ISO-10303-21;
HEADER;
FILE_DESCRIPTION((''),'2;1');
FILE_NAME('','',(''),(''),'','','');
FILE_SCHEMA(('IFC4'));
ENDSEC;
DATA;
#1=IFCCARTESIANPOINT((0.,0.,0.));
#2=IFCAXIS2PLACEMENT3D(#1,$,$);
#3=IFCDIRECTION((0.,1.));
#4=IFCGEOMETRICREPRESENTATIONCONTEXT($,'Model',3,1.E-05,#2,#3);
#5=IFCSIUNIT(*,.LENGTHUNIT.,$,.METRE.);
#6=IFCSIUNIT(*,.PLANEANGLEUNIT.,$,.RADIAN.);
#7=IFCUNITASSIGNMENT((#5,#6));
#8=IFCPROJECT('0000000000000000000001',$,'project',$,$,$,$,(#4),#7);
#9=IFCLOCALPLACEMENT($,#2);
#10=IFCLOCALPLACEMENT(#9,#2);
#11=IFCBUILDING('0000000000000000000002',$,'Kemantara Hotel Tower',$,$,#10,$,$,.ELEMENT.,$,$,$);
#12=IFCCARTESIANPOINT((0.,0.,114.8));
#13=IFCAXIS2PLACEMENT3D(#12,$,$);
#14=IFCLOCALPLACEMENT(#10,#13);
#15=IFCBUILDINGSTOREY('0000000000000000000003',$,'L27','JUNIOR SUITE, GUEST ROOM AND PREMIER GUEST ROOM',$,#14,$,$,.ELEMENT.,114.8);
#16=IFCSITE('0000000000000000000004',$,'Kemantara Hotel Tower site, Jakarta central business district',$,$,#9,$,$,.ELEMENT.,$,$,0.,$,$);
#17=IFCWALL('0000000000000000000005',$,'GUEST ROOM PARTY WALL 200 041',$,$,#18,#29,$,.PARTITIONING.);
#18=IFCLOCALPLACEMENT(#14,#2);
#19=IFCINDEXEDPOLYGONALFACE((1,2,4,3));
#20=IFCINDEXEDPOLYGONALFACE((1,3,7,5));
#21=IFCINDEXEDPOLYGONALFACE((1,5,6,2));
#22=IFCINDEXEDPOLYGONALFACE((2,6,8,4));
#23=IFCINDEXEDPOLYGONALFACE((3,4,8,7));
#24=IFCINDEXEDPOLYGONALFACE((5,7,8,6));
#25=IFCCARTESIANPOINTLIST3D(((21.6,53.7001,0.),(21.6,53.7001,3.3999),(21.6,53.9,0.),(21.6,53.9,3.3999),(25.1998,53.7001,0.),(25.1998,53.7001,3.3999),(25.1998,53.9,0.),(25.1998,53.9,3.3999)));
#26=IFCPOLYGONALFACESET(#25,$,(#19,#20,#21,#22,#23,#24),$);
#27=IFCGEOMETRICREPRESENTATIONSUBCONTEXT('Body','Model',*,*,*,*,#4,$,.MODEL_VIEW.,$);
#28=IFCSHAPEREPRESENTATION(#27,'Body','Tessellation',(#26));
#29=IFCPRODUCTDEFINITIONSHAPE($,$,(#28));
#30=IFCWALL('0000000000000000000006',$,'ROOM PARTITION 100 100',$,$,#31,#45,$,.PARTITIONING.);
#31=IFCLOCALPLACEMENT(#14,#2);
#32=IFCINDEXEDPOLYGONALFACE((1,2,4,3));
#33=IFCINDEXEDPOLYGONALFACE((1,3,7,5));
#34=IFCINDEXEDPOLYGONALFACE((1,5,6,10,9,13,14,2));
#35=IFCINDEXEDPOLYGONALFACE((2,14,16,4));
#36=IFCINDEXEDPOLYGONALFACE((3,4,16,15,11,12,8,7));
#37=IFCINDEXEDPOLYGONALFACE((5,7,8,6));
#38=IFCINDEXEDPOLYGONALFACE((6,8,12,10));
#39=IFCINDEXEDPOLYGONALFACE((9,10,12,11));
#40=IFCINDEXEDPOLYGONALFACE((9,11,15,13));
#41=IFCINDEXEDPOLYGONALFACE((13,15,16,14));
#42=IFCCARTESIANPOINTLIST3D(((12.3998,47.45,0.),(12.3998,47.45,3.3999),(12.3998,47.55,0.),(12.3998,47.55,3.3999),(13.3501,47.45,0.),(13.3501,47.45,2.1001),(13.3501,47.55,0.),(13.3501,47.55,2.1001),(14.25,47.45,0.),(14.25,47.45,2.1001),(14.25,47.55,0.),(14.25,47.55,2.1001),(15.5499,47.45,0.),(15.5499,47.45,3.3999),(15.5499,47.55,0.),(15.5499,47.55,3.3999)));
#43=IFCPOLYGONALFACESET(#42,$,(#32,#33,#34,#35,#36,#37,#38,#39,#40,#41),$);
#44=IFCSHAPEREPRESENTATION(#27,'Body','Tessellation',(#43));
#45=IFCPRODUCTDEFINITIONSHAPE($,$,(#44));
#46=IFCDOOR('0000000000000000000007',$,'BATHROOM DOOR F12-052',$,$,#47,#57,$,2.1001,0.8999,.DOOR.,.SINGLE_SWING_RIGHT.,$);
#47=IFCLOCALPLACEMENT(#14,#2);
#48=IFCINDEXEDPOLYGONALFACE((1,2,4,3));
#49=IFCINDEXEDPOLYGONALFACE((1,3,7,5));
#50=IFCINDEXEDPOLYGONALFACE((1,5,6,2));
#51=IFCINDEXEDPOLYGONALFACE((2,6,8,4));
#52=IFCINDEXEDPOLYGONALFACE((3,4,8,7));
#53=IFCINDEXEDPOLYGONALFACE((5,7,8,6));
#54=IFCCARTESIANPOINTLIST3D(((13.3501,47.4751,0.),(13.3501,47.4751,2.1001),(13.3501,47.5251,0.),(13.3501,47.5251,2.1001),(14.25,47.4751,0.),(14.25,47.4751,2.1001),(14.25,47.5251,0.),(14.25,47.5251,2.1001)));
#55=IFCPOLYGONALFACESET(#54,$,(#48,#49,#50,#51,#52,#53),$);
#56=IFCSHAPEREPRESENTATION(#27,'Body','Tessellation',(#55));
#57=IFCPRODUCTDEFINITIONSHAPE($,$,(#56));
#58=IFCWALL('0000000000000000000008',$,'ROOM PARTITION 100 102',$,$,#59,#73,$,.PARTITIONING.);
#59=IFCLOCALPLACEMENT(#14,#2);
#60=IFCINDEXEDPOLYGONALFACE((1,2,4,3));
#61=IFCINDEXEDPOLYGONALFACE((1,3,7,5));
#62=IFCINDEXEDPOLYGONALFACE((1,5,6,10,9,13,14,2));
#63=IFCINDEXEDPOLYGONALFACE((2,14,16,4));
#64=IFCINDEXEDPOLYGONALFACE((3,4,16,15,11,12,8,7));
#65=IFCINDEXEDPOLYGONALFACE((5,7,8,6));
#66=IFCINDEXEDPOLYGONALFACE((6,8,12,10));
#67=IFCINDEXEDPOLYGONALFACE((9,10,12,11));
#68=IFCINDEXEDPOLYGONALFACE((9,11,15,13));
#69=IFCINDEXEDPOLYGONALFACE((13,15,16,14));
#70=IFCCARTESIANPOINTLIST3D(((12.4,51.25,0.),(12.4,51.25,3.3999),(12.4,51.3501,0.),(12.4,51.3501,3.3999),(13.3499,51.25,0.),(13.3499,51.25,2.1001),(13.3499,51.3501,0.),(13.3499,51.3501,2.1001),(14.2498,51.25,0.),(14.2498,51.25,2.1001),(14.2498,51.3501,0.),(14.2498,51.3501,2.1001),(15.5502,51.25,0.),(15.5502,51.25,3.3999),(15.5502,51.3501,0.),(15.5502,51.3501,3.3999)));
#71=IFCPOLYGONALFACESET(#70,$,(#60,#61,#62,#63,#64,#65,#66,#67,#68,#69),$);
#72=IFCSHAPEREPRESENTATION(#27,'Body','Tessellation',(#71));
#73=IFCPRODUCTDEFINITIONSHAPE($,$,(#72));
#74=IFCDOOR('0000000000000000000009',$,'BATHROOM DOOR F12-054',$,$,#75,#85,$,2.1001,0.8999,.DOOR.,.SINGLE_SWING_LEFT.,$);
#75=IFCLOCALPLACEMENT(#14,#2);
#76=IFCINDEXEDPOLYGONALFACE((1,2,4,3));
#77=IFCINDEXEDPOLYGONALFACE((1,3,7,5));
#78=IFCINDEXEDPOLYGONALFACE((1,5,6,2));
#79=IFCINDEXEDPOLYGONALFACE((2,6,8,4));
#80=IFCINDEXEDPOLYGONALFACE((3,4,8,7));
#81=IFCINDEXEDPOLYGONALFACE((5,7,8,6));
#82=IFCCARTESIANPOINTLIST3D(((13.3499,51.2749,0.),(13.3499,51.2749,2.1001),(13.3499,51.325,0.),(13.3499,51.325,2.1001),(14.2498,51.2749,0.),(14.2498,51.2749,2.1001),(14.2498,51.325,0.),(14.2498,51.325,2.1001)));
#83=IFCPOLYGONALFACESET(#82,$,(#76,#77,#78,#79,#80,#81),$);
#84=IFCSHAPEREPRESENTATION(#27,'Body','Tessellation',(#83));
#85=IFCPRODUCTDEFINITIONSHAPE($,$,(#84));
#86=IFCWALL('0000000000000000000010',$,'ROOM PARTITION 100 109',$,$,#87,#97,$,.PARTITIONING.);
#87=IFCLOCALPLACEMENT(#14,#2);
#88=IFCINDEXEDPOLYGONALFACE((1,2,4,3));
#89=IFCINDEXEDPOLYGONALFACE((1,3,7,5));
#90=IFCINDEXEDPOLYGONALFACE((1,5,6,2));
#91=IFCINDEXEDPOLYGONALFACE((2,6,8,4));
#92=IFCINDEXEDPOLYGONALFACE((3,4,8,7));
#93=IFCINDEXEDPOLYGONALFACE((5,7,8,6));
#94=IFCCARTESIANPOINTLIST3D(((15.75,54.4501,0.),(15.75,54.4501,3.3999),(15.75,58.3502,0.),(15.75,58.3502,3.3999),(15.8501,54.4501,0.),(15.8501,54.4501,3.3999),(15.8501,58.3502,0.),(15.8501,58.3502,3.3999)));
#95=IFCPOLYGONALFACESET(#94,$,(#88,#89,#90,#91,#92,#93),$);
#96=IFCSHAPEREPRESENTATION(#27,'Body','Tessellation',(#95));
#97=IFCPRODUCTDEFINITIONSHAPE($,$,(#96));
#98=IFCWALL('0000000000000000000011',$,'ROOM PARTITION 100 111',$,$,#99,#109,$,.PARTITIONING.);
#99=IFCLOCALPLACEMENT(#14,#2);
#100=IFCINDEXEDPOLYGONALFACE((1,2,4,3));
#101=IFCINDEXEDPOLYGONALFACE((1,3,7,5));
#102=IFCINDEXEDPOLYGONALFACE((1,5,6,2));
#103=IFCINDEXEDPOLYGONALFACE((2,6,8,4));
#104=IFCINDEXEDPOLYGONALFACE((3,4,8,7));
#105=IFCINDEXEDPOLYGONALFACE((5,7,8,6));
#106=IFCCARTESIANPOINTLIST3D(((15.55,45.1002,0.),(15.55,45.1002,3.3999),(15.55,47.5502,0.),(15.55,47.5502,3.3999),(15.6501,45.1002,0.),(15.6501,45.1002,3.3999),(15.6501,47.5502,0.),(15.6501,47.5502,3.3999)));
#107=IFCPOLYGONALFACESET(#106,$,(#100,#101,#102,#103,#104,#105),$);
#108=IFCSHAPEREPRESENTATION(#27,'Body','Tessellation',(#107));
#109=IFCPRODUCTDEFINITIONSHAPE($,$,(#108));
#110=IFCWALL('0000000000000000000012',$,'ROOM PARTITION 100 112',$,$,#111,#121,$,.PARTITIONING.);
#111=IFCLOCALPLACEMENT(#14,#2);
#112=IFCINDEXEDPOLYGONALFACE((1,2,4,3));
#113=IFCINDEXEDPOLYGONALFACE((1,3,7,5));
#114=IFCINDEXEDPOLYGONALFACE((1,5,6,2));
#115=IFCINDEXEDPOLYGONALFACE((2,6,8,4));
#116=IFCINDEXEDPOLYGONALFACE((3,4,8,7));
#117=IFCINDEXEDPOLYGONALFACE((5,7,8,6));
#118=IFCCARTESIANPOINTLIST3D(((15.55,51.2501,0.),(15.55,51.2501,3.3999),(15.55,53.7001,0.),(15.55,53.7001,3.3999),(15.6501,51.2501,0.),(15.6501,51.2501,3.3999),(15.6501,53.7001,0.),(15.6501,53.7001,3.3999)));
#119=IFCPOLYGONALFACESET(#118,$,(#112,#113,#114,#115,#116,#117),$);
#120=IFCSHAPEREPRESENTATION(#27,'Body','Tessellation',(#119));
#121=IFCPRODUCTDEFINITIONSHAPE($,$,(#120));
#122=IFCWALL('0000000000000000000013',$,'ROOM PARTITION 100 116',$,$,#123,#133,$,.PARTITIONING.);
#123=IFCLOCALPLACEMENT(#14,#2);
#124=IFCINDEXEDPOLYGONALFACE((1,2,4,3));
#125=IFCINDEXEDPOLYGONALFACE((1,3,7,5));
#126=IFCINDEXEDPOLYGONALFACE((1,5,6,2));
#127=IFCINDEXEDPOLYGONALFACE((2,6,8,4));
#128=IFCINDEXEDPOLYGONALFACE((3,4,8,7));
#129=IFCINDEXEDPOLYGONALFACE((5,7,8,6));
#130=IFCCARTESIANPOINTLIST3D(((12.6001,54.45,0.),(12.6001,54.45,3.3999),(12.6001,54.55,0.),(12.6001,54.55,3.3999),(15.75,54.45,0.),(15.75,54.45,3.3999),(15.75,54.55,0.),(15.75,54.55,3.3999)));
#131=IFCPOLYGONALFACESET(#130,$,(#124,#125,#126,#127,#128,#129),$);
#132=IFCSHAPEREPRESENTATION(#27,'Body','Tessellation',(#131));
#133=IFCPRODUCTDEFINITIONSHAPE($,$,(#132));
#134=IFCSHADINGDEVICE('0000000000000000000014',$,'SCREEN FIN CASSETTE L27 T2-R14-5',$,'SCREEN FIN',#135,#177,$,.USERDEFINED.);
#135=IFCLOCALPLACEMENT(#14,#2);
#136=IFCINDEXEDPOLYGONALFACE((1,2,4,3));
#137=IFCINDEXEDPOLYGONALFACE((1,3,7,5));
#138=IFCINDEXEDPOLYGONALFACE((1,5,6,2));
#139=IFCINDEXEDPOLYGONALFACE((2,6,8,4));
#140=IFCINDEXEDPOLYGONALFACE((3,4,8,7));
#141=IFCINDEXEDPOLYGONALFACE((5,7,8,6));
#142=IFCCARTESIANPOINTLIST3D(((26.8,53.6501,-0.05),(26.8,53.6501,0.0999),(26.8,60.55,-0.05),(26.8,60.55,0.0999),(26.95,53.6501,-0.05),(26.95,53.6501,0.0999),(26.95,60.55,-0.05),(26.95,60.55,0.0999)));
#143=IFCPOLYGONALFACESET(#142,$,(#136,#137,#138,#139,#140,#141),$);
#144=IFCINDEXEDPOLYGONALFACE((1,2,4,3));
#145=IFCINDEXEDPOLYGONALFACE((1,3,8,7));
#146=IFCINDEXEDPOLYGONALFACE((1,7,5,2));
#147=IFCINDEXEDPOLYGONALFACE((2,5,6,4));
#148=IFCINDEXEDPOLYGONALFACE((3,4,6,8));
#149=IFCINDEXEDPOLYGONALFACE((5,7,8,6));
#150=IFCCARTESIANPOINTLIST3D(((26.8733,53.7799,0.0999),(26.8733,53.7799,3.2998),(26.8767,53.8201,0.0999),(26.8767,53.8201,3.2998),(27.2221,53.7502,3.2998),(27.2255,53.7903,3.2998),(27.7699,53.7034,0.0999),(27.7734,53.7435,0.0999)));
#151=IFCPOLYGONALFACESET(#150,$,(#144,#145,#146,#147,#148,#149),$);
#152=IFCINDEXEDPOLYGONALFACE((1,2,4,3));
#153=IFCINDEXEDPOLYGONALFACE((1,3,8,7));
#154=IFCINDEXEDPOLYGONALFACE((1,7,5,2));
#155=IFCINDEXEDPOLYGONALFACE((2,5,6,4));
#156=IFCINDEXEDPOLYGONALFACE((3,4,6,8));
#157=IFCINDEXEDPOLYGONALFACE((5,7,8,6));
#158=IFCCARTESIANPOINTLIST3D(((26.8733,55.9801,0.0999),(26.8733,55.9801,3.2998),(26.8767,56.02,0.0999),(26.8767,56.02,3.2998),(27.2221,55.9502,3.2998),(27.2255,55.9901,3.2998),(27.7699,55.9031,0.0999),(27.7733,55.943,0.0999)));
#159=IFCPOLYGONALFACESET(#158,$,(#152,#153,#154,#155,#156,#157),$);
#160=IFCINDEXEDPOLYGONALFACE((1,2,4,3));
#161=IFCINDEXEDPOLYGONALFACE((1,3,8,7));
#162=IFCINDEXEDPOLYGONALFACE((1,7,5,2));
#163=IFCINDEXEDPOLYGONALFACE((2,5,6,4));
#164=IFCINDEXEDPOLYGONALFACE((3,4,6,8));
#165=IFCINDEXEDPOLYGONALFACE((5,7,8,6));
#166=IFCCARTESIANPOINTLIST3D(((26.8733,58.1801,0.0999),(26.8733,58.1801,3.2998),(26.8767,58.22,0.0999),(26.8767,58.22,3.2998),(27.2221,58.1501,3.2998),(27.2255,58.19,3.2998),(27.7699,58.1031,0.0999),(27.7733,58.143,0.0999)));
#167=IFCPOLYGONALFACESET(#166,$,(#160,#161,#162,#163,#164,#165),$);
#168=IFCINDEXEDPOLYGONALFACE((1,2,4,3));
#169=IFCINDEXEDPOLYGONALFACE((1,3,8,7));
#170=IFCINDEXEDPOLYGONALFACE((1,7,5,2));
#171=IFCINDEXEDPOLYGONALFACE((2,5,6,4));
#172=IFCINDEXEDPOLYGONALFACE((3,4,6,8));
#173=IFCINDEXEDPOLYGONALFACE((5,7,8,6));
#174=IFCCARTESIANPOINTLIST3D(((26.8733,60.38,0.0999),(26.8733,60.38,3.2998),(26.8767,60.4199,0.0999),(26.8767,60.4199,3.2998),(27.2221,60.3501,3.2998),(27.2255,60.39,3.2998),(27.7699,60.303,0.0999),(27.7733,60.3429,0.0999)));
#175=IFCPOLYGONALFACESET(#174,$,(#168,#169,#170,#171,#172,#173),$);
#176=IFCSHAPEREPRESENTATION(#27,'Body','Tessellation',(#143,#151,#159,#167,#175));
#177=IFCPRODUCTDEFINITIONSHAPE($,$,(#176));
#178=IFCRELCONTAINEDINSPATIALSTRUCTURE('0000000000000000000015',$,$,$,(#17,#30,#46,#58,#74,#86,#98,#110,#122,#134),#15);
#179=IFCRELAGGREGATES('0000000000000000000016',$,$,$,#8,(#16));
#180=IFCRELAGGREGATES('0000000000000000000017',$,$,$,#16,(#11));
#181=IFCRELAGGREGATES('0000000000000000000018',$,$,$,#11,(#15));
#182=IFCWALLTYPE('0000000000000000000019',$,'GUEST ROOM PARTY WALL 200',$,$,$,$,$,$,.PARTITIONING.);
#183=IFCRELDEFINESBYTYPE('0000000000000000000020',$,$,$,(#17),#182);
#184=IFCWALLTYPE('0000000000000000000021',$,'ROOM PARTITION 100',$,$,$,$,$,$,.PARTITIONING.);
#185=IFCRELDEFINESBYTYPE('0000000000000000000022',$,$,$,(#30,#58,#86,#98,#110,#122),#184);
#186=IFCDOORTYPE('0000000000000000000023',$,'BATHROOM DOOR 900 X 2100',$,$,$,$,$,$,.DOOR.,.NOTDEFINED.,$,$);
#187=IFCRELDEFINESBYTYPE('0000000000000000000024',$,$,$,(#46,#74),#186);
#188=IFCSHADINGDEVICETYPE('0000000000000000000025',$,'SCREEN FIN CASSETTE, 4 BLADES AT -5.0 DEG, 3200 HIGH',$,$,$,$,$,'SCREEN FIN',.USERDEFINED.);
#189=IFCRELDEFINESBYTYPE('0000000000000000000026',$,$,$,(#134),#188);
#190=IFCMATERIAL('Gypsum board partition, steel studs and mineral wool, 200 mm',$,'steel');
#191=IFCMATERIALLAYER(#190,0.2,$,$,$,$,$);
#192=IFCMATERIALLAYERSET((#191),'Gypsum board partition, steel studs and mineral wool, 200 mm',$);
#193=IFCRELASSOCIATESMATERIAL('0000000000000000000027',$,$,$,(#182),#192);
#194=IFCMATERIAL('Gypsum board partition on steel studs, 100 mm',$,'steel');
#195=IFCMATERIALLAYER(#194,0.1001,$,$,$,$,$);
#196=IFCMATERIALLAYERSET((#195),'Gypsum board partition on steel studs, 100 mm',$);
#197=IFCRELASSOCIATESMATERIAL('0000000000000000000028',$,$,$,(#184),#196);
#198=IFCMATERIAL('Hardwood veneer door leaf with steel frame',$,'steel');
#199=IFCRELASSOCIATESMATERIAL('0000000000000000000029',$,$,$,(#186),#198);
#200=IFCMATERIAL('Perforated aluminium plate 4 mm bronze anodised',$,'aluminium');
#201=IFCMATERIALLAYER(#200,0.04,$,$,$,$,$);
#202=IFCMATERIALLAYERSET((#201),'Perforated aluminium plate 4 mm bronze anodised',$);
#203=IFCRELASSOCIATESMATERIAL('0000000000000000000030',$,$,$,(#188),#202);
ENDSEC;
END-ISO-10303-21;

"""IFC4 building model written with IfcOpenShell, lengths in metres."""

from ifc_helpers import new_model, si_unit, direction, frame, frame_2d, origin, origin_2d, place, context, subcontext, project, spatial, polyline, rectangle, outline, extrude, source, transform, mapped, material, layer, layer_set, type_object, element, fill, save


model = new_model("IFC4")

# Units and contexts
model_context = context("Model", 3, precision=1e-05, world=origin(), true_north=direction((0.0, 1.0)))
body_context = subcontext(model_context, "Body", "Model", "MODEL_VIEW")
ifc_project = project(units=[si_unit("LENGTHUNIT", "METRE"), si_unit("PLANEANGLEUNIT", "RADIAN")], contexts=[model_context])

# Site, building, storey
site_placement = place(None, origin())
site = spatial("IfcSite", under=ifc_project, at=site_placement, Name="Kemantara Hotel Tower site, Jakarta central business district", CompositionType="ELEMENT", RefElevation=0.0)
building_placement = place(site_placement, origin())
building = spatial("IfcBuilding", under=site, at=building_placement, Name="Kemantara Hotel Tower", CompositionType="ELEMENT")
storey_placement = place(building_placement, frame((0.0, 0.0, 114.8)))
storey = spatial("IfcBuildingStorey", under=building, at=storey_placement, Name="L27", Description="JUNIOR SUITE, GUEST ROOM AND PREMIER GUEST ROOM", CompositionType="ELEMENT", Elevation=114.8)

# Wall
ifc_material_1 = material(Name="Gypsum board partition, steel studs and mineral wool, 200 mm", Category="steel")
ifc_layer_1 = layer(ifc_material_1, 0.2)
ifc_layer_set_1 = layer_set([ifc_layer_1], Name="Gypsum board partition, steel studs and mineral wool, 200 mm")
wall_type_1 = type_object("IfcWallType", Name="GUEST ROOM PARTY WALL 200", PredefinedType="PARTITIONING", material=ifc_layer_set_1)
wall_1_placement = place(storey_placement, frame((21.6001, 53.8, 0.0), z_axis=(0.0, 0.0, 1.0), x_axis=(1.0, 0.0, 0.0)))
element("IfcWall", 1, at=wall_1_placement, inside=storey, type_object=wall_type_1, Name="GUEST ROOM PARTY WALL 200 041", PredefinedType="PARTITIONING", context=body_context, shape_type="SweptSolid", body=[
    extrude(rectangle(XDim=3.5999, YDim=0.2, at=frame_2d((1.7998, 0.0))), origin(), (0.0, 0.0, 1.0), 3.3999),
])

# Walls, openings, doors
ifc_material_2 = material(Name="Gypsum board partition on steel studs, 100 mm", Category="steel")
ifc_layer_2 = layer(ifc_material_2, 0.1001)
ifc_layer_set_2 = layer_set([ifc_layer_2], Name="Gypsum board partition on steel studs, 100 mm")
wall_type_2 = type_object("IfcWallType", Name="ROOM PARTITION 100", PredefinedType="PARTITIONING", material=ifc_layer_set_2)
wall_2_placement = place(storey_placement, frame((15.55, 47.5, 0.0), z_axis=(0.0, 0.0, 1.0), x_axis=(-1.0, 0.0, 0.0)))
wall_2 = element("IfcWall", 2, at=wall_2_placement, inside=storey, type_object=wall_type_2, Name="ROOM PARTITION 100 100", PredefinedType="PARTITIONING", context=body_context, shape_type="SweptSolid", body=[
    extrude(rectangle(XDim=3.1501, YDim=0.1001, at=frame_2d((1.5752, 0.0))), origin(), (0.0, 0.0, 1.0), 3.3999),
])
opening_1_placement = place(wall_2_placement, frame((1.3, 0.0, 0.0)))
opening_1 = element("IfcOpeningElement", 3, at=opening_1_placement, cuts=wall_2, PredefinedType="OPENING", context=body_context, shape_type="SweptSolid", body=[
    extrude(rectangle(XDim=0.8999, YDim=2.1001, at=frame_2d((0.45, 1.05))), frame((0.0, 0.0601, 0.0), z_axis=(0.0, -1.0, 0.0), x_axis=(1.0, 0.0, 0.0)), (0.0, 0.0, 1.0), 0.1201),
])
ifc_material_3 = material(Name="Hardwood veneer door leaf with steel frame", Category="steel")
door_type = type_object("IfcDoorType", Name="BATHROOM DOOR 900 X 2100", OperationType="NOTDEFINED", PredefinedType="DOOR", material=ifc_material_3)
door_1_placement = place(opening_1_placement, origin())
door_1 = element("IfcDoor", 4, at=door_1_placement, inside=storey, type_object=door_type, Name="BATHROOM DOOR F12-052", OperationType="SINGLE_SWING_RIGHT", OverallHeight=2.1001, OverallWidth=0.8999, PredefinedType="DOOR", context=body_context, shape_type="SweptSolid", body=[
    extrude(rectangle(XDim=0.8999, YDim=2.1001, at=frame_2d((0.45, 1.05))), frame((0.0, 0.0249, 0.0), z_axis=(0.0, -1.0, 0.0), x_axis=(1.0, 0.0, 0.0)), (0.0, 0.0, 1.0), 0.05),
])
fill(opening_1, door_1)
wall_3_placement = place(storey_placement, frame((12.3999, 51.3, 0.0), z_axis=(0.0, 0.0, 1.0), x_axis=(1.0, 0.0, 0.0)))
wall_3 = element("IfcWall", 5, at=wall_3_placement, inside=storey, type_object=wall_type_2, Name="ROOM PARTITION 100 102", PredefinedType="PARTITIONING", context=body_context, shape_type="SweptSolid", body=[
    extrude(rectangle(XDim=3.1501, YDim=0.1001, at=frame_2d((1.5752, 0.0))), origin(), (0.0, 0.0, 1.0), 3.3999),
])
opening_2_placement = place(wall_3_placement, frame((0.95, 0.0, 0.0)))
opening_2 = element("IfcOpeningElement", 6, at=opening_2_placement, cuts=wall_3, PredefinedType="OPENING", context=body_context, shape_type="SweptSolid", body=[
    extrude(rectangle(XDim=0.8999, YDim=2.1001, at=frame_2d((0.45, 1.05))), frame((0.0, 0.0601, 0.0), z_axis=(0.0, -1.0, 0.0), x_axis=(1.0, 0.0, 0.0)), (0.0, 0.0, 1.0), 0.1201),
])
door_2_placement = place(opening_2_placement, origin())
door_2 = element("IfcDoor", 7, at=door_2_placement, inside=storey, type_object=door_type, Name="BATHROOM DOOR F12-054", OperationType="SINGLE_SWING_LEFT", OverallHeight=2.1001, OverallWidth=0.8999, PredefinedType="DOOR", context=body_context, shape_type="SweptSolid", body=[
    extrude(rectangle(XDim=0.8999, YDim=2.1001, at=frame_2d((0.45, 1.05))), frame((0.0, 0.0249, 0.0), z_axis=(0.0, -1.0, 0.0), x_axis=(1.0, 0.0, 0.0)), (0.0, 0.0, 1.0), 0.05),
])
fill(opening_2, door_2)

# Walls
wall_4_placement = place(storey_placement, frame((15.8, 54.45, 0.0), z_axis=(0.0, 0.0, 1.0), x_axis=(0.0, 1.0, 0.0)))
element("IfcWall", 8, at=wall_4_placement, inside=storey, type_object=wall_type_2, Name="ROOM PARTITION 100 109", PredefinedType="PARTITIONING", context=body_context, shape_type="SweptSolid", body=[
    extrude(rectangle(XDim=3.9001, YDim=0.1001, at=frame_2d((1.9502, 0.0))), origin(), (0.0, 0.0, 1.0), 3.3999),
])
for number, where, z_axis, x_axis, name in (
    (9, (15.6001, 45.1001, 0.0), (0.0, 0.0, 1.0), (0.0, 1.0, 0.0), "ROOM PARTITION 100 111"),
    (10, (15.6001, 51.25, 0.0), (0.0, 0.0, 1.0), (0.0, 1.0, 0.0), "ROOM PARTITION 100 112"),
):
    element("IfcWall", number, at=place(storey_placement, frame(where, z_axis=z_axis, x_axis=x_axis)), inside=storey, type_object=wall_type_2, Name=name, PredefinedType="PARTITIONING", context=body_context, shape_type="SweptSolid", body=[
        extrude(rectangle(XDim=2.45, YDim=0.1001, at=frame_2d((1.2251, 0.0))), origin(), (0.0, 0.0, 1.0), 3.3999),
    ])
wall_5_placement = place(storey_placement, frame((12.6001, 54.5, 0.0), z_axis=(0.0, 0.0, 1.0), x_axis=(1.0, 0.0, 0.0)))
element("IfcWall", 11, at=wall_5_placement, inside=storey, type_object=wall_type_2, Name="ROOM PARTITION 100 116", PredefinedType="PARTITIONING", context=body_context, shape_type="SweptSolid", body=[
    extrude(rectangle(XDim=3.1499, YDim=0.1001, at=frame_2d((1.575, 0.0))), origin(), (0.0, 0.0, 1.0), 3.3999),
])

# Shading device
ifc_material_4 = material(Name="Perforated aluminium plate 4 mm bronze anodised", Category="aluminium")
ifc_layer_3 = layer(ifc_material_4, 0.04)
ifc_layer_set_3 = layer_set([ifc_layer_3], Name="Perforated aluminium plate 4 mm bronze anodised")
shading_device_type_1 = type_object("IfcShadingDeviceType", Name="SCREEN FIN CASSETTE, 4 BLADES AT -5.0 DEG, 3200 HIGH", ElementType="SCREEN FIN", PredefinedType="USERDEFINED", material=ifc_layer_set_3)
shared_shape_1 = source(origin(), body_context, "Body", "SweptSolid", [
    extrude(rectangle(XDim=6.8999, YDim=0.1499, at=origin_2d()), frame((3.3, -0.075, -0.1499), z_axis=(0.0, 0.0, 1.0), x_axis=(1.0, 0.0, 0.0)), (0.0, 0.0, 1.0), 0.1499),
    extrude(outline(polyline([(0.0, 0.0), (0.8999, 0.0), (0.3501, 3.2), (0.0, 3.2), (0.0, 0.0)])), frame((0.02, -0.0767, 0.0), z_axis=(-0.996376, 0.085056, 0.0), x_axis=(-0.085056, -0.996376, 0.0)), (0.0, 0.0, 1.0), 0.0403),
    extrude(outline(polyline([(0.0, 0.0), (0.8999, 0.0), (0.3501, 3.2), (0.0, 3.2), (0.0, 0.0)])), frame((2.22, -0.0767, 0.0), z_axis=(-0.996332, 0.085575, 0.0), x_axis=(-0.085575, -0.996332, 0.0)), (0.0, 0.0, 1.0), 0.04),
    extrude(outline(polyline([(0.0, 0.0), (0.8999, 0.0), (0.3501, 3.2), (0.0, 3.2), (0.0, 0.0)])), frame((4.4199, -0.0767, 0.0), z_axis=(-0.996332, 0.085575, 0.0), x_axis=(-0.085575, -0.996332, 0.0)), (0.0, 0.0, 1.0), 0.04),
    extrude(outline(polyline([(0.0, 0.0), (0.8999, 0.0), (0.3501, 3.2), (0.0, 3.2), (0.0, 0.0)])), frame((6.6199, -0.0767, 0.0), z_axis=(-0.996332, 0.085575, 0.0), x_axis=(-0.085575, -0.996332, 0.0)), (0.0, 0.0, 1.0), 0.04),
])
shading_device_1_placement = place(storey_placement, frame((26.8, 53.8, 0.0999), z_axis=(0.0, 0.0, 1.0), x_axis=(0.0, 1.0, 0.0)))
element("IfcShadingDevice", 12, at=shading_device_1_placement, inside=storey, type_object=shading_device_type_1, Name="SCREEN FIN CASSETTE L27 T2-R14-5", ObjectType="SCREEN FIN", PredefinedType="USERDEFINED", context=body_context, shape_type="MappedRepresentation", body=[
    mapped(shared_shape_1, transform((0.0, 0.0, 0.0))),
])

save(model, "model.ifc")
